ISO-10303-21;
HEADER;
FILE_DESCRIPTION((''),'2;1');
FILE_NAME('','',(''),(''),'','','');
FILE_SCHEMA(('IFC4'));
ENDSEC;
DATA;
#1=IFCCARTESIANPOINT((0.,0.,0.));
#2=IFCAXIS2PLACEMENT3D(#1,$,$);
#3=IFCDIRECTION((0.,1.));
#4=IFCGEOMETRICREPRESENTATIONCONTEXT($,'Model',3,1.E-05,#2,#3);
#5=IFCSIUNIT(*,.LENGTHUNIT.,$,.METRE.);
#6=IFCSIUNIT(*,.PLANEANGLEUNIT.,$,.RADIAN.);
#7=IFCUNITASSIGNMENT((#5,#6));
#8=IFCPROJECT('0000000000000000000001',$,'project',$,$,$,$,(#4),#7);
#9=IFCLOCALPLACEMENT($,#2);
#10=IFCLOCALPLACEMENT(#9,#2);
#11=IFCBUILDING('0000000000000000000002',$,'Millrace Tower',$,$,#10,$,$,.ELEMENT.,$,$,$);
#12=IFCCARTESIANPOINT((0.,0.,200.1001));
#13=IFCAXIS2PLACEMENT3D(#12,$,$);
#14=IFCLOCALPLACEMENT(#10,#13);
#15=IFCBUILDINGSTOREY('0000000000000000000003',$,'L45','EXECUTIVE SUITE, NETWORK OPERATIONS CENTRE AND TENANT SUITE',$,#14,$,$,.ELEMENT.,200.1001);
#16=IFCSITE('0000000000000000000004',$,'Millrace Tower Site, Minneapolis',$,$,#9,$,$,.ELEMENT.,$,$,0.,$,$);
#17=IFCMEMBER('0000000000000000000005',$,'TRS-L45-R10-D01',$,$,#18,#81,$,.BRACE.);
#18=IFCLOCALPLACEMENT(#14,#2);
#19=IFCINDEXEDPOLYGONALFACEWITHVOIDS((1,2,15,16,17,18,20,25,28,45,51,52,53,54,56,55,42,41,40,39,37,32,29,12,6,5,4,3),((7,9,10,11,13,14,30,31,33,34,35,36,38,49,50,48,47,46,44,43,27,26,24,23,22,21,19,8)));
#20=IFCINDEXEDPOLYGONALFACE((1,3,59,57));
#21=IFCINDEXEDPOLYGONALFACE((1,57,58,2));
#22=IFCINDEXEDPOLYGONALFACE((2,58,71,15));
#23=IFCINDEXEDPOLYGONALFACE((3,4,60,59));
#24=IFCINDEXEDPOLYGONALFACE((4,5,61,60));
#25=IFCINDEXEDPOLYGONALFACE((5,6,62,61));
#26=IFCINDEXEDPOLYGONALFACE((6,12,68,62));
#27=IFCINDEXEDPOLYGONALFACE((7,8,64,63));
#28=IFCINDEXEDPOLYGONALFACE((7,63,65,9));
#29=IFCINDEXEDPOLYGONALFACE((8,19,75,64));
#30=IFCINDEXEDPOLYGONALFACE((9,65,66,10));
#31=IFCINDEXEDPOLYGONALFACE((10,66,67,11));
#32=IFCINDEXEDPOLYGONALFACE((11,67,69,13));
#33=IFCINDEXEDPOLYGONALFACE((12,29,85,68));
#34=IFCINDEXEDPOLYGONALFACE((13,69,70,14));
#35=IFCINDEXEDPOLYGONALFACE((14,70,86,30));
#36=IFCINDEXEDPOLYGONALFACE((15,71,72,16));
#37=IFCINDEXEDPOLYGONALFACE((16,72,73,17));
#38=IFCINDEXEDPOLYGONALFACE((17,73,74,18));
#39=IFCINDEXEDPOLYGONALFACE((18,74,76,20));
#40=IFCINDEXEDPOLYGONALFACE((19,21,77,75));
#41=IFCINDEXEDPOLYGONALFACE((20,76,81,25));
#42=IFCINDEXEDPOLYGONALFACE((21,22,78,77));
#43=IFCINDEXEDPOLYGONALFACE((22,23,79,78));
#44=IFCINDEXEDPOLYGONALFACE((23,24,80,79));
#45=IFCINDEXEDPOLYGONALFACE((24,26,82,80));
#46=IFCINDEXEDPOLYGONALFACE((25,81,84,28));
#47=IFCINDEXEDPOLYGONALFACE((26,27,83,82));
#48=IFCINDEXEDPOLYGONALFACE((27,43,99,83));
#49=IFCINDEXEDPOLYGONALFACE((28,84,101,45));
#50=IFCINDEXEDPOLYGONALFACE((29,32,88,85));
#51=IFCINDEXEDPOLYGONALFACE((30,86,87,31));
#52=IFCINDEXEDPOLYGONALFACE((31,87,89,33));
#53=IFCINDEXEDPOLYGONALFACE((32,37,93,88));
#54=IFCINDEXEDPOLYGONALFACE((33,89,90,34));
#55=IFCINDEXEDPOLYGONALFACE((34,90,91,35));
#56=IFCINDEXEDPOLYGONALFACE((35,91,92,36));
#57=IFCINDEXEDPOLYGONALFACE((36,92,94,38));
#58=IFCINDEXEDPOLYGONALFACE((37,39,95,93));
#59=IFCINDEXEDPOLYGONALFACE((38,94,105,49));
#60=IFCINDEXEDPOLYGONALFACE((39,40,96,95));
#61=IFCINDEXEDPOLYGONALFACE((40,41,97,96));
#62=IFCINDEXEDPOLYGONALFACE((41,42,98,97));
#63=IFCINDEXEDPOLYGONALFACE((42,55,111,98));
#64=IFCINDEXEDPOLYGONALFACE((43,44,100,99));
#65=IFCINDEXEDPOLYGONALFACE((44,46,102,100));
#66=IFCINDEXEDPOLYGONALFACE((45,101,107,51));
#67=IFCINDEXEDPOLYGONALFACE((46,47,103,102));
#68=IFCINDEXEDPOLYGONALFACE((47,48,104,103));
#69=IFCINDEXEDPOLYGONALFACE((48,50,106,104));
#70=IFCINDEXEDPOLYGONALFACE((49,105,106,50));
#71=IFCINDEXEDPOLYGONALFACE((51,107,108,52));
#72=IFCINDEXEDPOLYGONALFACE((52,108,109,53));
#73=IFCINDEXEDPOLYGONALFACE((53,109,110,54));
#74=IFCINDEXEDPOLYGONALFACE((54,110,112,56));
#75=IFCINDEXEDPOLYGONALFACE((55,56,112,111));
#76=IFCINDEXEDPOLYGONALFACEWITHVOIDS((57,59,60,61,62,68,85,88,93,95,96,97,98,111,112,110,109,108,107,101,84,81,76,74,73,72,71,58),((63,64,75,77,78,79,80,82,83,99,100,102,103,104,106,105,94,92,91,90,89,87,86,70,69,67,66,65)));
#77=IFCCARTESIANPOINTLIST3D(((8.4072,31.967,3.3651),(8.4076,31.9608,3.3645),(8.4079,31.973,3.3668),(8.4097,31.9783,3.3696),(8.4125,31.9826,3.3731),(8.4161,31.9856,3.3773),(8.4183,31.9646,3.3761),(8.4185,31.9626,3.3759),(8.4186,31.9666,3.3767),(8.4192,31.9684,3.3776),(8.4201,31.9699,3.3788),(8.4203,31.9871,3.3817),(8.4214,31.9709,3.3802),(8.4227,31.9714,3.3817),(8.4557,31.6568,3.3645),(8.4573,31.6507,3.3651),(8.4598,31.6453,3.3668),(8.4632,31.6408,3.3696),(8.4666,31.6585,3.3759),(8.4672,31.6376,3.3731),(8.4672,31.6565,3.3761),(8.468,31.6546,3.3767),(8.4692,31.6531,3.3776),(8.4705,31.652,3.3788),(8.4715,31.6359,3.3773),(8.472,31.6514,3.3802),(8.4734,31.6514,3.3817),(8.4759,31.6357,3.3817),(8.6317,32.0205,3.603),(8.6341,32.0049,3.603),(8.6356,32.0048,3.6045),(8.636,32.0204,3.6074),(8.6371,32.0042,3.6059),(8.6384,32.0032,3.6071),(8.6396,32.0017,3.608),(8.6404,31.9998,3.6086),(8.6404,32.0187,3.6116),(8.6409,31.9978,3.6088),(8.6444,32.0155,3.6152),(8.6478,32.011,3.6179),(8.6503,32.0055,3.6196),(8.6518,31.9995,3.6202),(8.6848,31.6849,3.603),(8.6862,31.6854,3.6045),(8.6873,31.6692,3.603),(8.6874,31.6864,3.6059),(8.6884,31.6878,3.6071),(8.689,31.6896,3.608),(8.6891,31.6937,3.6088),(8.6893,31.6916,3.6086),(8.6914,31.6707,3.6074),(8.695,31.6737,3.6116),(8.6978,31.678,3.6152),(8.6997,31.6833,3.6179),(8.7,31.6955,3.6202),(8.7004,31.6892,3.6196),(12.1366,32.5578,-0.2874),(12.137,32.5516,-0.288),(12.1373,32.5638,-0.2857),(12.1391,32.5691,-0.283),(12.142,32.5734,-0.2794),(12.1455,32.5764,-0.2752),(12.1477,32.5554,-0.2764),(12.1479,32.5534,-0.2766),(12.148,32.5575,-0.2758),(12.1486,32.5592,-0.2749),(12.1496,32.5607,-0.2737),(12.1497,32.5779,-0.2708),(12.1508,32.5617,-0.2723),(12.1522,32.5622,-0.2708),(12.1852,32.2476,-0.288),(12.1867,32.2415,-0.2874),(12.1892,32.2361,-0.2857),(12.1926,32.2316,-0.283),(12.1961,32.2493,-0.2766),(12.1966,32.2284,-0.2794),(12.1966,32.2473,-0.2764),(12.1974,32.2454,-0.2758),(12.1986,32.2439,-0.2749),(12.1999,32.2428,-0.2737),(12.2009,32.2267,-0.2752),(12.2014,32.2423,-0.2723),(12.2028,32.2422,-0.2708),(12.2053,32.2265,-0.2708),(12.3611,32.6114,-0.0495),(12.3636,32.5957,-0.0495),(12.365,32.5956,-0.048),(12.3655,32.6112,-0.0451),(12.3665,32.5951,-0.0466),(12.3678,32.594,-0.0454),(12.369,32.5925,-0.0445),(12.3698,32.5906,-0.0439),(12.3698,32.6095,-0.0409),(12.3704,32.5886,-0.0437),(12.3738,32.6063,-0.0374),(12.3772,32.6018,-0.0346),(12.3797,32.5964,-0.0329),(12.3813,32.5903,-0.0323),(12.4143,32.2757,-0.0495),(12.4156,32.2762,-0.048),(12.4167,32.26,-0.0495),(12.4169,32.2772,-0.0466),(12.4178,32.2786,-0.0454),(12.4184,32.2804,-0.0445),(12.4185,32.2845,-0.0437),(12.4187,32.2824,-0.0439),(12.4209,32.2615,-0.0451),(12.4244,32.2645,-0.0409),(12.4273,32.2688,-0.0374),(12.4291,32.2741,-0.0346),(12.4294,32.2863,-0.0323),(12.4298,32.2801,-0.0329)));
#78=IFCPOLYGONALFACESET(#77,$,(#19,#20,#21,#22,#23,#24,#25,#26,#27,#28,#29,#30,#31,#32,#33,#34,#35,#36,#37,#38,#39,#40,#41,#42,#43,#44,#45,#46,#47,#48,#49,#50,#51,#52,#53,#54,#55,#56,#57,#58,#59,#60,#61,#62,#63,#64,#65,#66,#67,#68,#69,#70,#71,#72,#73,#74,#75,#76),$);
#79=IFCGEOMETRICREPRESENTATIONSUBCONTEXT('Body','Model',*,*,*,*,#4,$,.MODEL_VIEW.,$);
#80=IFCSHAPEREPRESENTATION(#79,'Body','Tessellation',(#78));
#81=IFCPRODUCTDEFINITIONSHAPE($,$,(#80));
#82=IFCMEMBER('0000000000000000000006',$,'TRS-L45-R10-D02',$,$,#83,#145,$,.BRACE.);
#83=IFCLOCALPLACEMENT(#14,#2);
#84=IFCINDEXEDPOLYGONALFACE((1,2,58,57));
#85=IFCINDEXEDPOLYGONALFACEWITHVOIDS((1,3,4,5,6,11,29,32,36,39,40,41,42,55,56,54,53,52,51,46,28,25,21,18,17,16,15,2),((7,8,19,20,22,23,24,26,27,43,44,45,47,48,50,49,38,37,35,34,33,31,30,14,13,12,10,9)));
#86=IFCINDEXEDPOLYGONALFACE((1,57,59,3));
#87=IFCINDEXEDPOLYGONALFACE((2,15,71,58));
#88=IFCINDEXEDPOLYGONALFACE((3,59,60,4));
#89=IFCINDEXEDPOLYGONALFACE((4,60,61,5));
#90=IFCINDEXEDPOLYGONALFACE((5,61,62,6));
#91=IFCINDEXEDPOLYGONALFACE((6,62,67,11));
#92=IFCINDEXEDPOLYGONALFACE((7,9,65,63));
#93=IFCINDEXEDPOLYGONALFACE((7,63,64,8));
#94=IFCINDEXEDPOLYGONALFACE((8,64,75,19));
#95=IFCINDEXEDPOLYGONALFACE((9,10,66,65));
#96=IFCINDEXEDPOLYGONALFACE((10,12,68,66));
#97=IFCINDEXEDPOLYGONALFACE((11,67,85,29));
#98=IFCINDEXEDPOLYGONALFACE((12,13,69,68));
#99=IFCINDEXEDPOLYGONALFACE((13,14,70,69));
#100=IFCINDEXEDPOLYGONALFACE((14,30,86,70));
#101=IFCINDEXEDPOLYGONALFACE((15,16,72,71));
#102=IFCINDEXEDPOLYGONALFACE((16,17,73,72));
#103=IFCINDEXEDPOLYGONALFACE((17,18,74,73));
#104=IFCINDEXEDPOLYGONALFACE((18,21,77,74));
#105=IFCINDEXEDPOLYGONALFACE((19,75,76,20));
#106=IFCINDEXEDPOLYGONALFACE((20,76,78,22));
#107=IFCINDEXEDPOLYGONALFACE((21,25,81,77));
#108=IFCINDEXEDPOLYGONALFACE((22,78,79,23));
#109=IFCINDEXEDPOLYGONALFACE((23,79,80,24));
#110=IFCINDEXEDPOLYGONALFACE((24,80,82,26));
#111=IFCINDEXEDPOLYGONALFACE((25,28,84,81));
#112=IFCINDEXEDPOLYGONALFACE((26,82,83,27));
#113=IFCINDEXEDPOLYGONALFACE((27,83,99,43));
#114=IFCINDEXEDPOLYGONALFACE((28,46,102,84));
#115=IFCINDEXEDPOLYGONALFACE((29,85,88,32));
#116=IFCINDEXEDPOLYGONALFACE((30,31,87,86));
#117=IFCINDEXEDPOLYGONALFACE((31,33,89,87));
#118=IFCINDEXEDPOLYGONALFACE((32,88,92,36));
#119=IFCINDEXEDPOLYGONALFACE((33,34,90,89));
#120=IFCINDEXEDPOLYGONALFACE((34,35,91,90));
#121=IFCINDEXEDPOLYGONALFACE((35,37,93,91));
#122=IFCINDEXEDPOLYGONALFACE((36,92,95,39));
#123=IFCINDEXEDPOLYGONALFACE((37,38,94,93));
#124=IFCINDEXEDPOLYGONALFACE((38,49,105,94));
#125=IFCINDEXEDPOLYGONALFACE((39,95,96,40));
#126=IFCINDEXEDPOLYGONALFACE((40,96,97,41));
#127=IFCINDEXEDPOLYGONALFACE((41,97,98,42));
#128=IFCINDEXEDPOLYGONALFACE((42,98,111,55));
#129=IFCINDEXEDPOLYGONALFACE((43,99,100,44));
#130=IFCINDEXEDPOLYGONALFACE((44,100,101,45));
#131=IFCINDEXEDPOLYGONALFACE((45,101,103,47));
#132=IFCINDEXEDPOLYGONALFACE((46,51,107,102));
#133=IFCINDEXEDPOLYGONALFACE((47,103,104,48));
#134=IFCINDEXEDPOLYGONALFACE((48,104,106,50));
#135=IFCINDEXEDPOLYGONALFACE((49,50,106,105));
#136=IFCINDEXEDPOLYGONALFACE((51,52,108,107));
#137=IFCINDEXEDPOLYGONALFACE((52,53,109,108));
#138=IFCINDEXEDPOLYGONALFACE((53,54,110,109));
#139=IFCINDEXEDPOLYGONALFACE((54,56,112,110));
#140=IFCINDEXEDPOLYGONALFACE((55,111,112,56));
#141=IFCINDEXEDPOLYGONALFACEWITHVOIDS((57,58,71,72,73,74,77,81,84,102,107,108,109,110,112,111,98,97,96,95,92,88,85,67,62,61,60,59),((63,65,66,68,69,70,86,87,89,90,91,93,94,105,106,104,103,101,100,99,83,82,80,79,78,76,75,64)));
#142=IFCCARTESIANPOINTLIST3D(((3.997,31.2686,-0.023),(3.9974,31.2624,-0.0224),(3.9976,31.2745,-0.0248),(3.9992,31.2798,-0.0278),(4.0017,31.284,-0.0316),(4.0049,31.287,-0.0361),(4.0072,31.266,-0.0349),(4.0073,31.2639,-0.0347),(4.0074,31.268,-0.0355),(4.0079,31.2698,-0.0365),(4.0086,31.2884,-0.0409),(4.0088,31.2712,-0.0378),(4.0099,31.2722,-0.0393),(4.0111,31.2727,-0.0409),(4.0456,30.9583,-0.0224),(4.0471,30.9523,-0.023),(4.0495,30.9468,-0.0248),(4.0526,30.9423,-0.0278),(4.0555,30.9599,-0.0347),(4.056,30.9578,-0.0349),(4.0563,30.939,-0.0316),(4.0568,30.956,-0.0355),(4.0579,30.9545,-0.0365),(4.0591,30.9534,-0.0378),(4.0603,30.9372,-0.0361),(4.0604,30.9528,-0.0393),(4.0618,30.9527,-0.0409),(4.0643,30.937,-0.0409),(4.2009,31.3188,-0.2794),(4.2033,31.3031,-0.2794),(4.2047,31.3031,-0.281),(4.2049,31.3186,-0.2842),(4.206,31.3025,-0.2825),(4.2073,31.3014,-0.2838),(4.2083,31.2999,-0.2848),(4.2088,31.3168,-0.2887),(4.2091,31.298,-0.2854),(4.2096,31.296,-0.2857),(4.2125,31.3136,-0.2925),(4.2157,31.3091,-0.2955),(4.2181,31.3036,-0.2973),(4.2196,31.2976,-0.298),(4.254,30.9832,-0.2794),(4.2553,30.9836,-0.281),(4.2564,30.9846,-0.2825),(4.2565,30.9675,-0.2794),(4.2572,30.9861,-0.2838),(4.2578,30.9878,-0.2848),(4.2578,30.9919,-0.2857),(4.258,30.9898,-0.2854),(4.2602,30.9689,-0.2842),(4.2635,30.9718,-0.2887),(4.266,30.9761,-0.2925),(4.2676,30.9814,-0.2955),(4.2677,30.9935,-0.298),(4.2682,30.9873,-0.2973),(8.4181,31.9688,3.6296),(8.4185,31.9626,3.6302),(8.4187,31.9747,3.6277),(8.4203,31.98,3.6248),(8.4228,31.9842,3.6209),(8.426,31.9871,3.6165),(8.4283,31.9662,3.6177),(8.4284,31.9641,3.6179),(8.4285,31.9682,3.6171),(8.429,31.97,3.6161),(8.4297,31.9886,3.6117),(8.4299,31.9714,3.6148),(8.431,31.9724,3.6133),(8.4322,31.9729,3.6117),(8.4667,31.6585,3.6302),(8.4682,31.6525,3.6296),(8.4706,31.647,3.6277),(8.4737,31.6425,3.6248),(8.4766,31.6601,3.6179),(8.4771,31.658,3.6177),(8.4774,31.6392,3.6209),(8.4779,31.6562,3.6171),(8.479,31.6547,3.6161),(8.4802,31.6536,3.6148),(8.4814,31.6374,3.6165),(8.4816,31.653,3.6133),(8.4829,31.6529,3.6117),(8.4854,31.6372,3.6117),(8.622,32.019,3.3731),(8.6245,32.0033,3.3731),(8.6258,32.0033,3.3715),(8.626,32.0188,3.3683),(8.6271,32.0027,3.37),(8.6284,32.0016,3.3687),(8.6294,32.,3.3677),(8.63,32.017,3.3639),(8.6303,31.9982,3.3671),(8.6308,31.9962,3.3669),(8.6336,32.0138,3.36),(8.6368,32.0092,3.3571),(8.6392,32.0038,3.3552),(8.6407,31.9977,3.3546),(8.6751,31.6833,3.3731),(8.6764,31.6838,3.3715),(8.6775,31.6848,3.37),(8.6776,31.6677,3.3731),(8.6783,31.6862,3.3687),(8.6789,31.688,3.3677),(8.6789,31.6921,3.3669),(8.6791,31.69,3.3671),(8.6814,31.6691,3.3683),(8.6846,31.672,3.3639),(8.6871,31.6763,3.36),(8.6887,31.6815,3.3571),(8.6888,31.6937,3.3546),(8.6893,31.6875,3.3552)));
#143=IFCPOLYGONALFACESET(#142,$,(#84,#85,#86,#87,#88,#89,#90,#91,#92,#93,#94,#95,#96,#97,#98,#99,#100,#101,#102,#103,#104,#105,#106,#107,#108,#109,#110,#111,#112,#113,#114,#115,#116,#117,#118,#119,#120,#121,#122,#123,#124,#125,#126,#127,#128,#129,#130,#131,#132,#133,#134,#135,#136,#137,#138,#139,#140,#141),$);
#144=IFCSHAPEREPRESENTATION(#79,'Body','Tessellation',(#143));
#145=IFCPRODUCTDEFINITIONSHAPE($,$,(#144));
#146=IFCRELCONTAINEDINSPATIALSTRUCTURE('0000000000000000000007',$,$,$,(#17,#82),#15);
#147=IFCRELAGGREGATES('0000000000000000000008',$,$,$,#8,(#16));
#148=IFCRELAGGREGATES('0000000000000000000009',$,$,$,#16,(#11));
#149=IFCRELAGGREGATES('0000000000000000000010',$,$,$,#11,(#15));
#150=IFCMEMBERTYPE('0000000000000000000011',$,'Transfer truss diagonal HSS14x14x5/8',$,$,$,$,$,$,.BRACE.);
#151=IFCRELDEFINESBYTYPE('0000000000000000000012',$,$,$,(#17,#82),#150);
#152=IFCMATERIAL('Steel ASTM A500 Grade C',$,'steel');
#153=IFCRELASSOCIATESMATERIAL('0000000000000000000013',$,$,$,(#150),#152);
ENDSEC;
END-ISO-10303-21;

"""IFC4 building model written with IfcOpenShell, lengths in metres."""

from ifc_helpers import new_model, si_unit, direction, frame, origin, origin_2d, place, context, subcontext, project, spatial, hollow_rectangle, extrude, material, material_profile, profile_set, type_object, element, save


model = new_model("IFC4")

# Units and contexts
model_context = context("Model", 3, precision=1e-05, world=origin(), true_north=direction((0.0, 1.0)))
body_context = subcontext(model_context, "Body", "Model", "MODEL_VIEW")
ifc_project = project(units=[si_unit("LENGTHUNIT", "METRE"), si_unit("PLANEANGLEUNIT", "RADIAN")], contexts=[model_context])

# Site, building, storey
site_placement = place(None, origin())
site = spatial("IfcSite", under=ifc_project, at=site_placement, Name="Millrace Tower Site, Minneapolis", CompositionType="ELEMENT", RefElevation=0.0)
building_placement = place(site_placement, origin())
building = spatial("IfcBuilding", under=site, at=building_placement, Name="Millrace Tower", CompositionType="ELEMENT")
storey_placement = place(building_placement, frame((0.0, 0.0, 200.1001)))
storey = spatial("IfcBuildingStorey", under=building, at=storey_placement, Name="L45", Description="EXECUTIVE SUITE, NETWORK OPERATIONS CENTRE AND TENANT SUITE", CompositionType="ELEMENT", Elevation=200.1001)

# Members
ifc_material_1 = material(Name="Steel ASTM A500 Grade C", Category="steel")
ifc_material_profile_1 = material_profile(ifc_material_1, hollow_rectangle(XDim=0.3557, YDim=0.3557, WallThickness=0.0159, InnerFilletRadius=0.0081, OuterFilletRadius=0.0239, at=origin_2d()))
ifc_profile_set_1 = profile_set([ifc_material_profile_1], Name="Steel ASTM A500 Grade C")
member_type_1 = type_object("IfcMemberType", Name="Transfer truss diagonal HSS14x14x5/8", PredefinedType="BRACE", material=ifc_profile_set_1)
member_1_placement = place(storey_placement, frame((12.2832, 32.4189, -0.1602), z_axis=(-0.709902, -0.112462, 0.695264), x_axis=(0.156467, -0.987683, 0.0)))
element("IfcMember", 1, at=member_1_placement, inside=storey, type_object=member_type_1, Name="TRS-L45-R10-D01", PredefinedType="BRACE", context=body_context, shape_type="SweptSolid", body=[
    extrude(hollow_rectangle(XDim=0.3557, YDim=0.3557, WallThickness=0.0159, InnerFilletRadius=0.0081, OuterFilletRadius=0.0239, at=origin_2d()), origin(), (0.0, 0.0, 1.0), 5.2534),
])
member_2_placement = place(storey_placement, frame((4.1326, 31.1279, -0.1602), z_axis=(0.76525, 0.121196, 0.632222), x_axis=(-0.156425, 0.98769, 0.0)))
element("IfcMember", 2, at=member_2_placement, inside=storey, type_object=member_type_1, Name="TRS-L45-R10-D02", PredefinedType="BRACE", context=body_context, shape_type="SweptSolid", body=[
    extrude(hollow_rectangle(XDim=0.3557, YDim=0.3557, WallThickness=0.0159, InnerFilletRadius=0.0081, OuterFilletRadius=0.0239, at=origin_2d()), origin(), (0.0, 0.0, 1.0), 5.7773),
])

save(model, "model.ifc")
